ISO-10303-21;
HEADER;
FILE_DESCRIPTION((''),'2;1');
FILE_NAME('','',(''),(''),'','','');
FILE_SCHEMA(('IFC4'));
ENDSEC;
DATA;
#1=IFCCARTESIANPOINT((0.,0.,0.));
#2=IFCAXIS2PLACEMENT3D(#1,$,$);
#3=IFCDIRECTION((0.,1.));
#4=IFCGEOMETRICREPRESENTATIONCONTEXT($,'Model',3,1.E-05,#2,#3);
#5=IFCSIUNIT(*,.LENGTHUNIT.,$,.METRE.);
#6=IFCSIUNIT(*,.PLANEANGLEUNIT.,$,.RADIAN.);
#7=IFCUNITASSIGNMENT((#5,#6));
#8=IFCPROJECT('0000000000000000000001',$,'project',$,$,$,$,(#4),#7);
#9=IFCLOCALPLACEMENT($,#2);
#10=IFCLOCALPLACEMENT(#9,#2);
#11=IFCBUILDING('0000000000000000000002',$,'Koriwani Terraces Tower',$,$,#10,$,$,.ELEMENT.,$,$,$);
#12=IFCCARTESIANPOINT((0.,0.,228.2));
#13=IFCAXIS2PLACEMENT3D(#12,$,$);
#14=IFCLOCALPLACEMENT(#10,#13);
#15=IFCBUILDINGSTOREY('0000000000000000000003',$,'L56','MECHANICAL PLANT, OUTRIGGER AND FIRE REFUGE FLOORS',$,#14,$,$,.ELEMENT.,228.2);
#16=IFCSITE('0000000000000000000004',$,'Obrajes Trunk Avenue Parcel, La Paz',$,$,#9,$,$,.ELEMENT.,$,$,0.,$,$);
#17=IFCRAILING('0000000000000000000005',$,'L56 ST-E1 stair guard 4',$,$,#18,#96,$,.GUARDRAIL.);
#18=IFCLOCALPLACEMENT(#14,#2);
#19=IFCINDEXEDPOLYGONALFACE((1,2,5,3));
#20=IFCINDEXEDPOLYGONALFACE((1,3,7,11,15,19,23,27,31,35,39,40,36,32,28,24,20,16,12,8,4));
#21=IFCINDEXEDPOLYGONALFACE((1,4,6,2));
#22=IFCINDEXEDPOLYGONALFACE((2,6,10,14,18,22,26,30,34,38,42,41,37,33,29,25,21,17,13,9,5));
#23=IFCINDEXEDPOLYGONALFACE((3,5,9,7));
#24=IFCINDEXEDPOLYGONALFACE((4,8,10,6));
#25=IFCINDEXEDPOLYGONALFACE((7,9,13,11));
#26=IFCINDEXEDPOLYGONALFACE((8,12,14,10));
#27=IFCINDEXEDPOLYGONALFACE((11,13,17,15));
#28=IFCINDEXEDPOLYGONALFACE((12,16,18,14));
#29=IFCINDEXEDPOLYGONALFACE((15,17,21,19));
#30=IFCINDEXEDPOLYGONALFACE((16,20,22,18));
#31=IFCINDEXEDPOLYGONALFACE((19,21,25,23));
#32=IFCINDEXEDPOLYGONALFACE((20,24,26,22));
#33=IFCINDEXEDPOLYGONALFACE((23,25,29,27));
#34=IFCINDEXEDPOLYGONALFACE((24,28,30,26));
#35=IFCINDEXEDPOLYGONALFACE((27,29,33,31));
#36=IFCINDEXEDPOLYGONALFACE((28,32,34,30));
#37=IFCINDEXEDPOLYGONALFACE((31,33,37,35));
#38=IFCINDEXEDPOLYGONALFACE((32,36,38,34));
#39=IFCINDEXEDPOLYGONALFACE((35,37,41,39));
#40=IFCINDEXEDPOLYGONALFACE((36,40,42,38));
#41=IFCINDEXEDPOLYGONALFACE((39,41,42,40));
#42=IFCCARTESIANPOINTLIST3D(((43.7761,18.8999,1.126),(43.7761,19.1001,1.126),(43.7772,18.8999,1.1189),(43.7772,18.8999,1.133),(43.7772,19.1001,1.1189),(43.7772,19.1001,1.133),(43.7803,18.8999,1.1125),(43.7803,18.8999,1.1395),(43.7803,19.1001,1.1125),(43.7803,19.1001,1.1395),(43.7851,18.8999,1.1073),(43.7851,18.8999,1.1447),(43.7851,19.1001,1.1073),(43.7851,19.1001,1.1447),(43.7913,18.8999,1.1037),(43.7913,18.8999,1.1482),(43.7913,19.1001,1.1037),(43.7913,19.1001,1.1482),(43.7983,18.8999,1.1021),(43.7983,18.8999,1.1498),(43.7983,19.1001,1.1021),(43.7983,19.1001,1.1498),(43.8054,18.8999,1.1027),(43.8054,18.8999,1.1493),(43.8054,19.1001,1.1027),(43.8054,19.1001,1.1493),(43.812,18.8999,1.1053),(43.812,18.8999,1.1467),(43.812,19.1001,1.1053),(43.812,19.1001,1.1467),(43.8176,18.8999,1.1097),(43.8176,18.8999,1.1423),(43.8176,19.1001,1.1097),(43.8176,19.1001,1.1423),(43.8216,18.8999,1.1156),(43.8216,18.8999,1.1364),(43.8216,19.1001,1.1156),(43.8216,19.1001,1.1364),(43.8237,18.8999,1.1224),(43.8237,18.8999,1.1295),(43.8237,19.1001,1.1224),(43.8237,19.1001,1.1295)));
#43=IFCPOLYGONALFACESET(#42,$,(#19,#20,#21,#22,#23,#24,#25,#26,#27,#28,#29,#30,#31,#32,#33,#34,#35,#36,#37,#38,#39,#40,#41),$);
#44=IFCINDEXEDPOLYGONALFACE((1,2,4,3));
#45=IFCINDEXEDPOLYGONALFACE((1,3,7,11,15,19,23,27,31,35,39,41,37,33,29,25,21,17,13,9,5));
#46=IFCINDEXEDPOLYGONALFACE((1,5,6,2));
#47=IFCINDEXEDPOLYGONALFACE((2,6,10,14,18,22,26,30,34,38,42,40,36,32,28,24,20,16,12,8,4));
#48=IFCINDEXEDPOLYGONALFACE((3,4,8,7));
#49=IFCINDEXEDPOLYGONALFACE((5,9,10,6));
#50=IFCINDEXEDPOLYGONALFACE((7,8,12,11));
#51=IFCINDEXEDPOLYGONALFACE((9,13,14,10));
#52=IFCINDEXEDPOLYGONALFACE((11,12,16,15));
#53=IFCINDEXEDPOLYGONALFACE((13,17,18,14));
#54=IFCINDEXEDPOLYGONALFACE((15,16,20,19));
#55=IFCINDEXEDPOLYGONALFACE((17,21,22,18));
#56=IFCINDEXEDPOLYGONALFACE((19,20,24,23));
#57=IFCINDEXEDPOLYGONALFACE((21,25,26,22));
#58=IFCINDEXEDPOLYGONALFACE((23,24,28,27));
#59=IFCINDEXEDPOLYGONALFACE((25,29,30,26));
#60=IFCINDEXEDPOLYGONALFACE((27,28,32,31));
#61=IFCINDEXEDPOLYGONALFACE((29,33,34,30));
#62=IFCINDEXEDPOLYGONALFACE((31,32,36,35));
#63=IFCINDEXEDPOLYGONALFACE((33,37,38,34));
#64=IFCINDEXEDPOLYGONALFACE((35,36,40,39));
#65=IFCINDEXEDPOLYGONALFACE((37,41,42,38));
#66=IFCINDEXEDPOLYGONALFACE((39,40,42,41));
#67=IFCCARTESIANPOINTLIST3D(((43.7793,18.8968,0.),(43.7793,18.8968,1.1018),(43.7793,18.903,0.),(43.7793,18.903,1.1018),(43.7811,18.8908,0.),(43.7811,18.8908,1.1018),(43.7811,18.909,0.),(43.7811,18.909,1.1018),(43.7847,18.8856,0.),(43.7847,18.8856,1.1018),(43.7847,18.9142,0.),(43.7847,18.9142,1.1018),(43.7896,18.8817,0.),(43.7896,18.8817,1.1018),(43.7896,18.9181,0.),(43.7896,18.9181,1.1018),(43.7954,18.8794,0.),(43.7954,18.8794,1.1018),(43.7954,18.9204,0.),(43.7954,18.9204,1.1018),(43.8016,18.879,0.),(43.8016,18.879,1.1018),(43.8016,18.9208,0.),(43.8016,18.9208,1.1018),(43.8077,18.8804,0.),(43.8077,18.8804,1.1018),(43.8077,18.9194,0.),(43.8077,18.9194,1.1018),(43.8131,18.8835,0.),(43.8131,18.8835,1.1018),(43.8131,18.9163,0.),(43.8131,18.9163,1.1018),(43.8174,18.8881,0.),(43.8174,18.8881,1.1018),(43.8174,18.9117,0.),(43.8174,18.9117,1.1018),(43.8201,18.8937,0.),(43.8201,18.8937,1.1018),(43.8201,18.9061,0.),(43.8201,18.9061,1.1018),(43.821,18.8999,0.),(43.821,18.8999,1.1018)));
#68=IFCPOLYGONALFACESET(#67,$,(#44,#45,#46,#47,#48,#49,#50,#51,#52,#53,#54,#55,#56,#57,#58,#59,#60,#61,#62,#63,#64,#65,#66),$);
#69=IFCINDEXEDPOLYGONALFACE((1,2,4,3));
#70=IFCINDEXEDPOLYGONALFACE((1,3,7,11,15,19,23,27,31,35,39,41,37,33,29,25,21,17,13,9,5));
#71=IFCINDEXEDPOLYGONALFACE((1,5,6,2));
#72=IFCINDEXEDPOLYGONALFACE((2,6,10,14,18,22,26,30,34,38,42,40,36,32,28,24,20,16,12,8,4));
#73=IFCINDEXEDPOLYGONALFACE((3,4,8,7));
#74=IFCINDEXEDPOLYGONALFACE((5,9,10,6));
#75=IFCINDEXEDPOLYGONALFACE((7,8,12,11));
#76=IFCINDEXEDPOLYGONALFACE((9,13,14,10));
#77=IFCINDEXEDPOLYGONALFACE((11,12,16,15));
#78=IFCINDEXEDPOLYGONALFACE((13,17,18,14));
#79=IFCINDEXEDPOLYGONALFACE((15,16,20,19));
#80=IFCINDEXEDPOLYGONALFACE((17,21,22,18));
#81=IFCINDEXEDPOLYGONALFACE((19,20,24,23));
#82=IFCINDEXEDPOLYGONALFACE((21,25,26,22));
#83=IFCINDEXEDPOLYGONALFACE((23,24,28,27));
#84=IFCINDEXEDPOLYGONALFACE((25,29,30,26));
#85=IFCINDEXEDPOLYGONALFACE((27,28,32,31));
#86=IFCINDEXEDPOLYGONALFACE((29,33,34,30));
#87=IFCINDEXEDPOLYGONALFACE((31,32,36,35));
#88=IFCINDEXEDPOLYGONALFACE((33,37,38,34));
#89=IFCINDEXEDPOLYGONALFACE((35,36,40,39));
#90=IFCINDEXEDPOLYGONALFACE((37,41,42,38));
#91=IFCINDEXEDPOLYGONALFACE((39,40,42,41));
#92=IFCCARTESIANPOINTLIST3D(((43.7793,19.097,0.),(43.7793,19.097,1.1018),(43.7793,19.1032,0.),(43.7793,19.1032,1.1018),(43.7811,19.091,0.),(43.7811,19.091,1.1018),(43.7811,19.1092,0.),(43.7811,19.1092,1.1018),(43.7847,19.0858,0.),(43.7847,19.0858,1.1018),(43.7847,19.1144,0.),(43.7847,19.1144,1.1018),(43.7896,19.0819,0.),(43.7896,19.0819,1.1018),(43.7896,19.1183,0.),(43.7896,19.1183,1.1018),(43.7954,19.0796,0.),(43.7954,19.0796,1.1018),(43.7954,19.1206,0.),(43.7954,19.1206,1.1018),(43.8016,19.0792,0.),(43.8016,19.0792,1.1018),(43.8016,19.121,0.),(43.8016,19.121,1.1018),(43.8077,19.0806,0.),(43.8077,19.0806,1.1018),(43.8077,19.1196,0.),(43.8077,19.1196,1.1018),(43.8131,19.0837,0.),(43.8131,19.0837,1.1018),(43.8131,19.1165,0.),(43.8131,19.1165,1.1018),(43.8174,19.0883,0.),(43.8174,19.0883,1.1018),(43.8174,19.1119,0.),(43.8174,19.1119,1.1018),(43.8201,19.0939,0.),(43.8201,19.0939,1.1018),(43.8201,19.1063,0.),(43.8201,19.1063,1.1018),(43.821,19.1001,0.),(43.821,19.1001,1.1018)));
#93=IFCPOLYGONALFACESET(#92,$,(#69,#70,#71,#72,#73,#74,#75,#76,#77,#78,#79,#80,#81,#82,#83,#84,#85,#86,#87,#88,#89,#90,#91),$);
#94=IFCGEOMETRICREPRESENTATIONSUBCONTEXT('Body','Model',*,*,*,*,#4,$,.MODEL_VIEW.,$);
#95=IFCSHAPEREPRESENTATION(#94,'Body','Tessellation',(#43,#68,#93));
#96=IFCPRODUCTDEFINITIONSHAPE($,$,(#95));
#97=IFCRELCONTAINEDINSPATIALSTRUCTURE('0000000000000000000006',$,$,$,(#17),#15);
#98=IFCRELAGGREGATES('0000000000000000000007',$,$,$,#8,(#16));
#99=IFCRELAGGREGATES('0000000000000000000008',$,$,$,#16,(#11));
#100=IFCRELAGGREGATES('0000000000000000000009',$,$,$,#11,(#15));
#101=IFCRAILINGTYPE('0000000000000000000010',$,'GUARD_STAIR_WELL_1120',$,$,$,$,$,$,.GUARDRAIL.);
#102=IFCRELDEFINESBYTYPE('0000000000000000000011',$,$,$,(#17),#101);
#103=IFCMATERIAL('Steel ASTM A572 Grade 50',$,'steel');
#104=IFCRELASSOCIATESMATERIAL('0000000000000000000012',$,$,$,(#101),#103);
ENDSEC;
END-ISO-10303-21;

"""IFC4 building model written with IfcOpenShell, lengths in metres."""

from ifc_helpers import new_model, si_unit, direction, frame, origin, origin_2d, place, context, subcontext, project, spatial, circle, extrude, material, type_object, element, save


model = new_model("IFC4")

# Units and contexts
model_context = context("Model", 3, precision=1e-05, world=origin(), true_north=direction((0.0, 1.0)))
body_context = subcontext(model_context, "Body", "Model", "MODEL_VIEW")
ifc_project = project(units=[si_unit("LENGTHUNIT", "METRE"), si_unit("PLANEANGLEUNIT", "RADIAN")], contexts=[model_context])

# Site, building, storey
site_placement = place(None, origin())
site = spatial("IfcSite", under=ifc_project, at=site_placement, Name="Obrajes Trunk Avenue Parcel, La Paz", CompositionType="ELEMENT", RefElevation=0.0)
building_placement = place(site_placement, origin())
building = spatial("IfcBuilding", under=site, at=building_placement, Name="Koriwani Terraces Tower", CompositionType="ELEMENT")
storey_placement = place(building_placement, frame((0.0, 0.0, 228.2)))
storey = spatial("IfcBuildingStorey", under=building, at=storey_placement, Name="L56", Description="MECHANICAL PLANT, OUTRIGGER AND FIRE REFUGE FLOORS", CompositionType="ELEMENT", Elevation=228.2)

# Shared definitions
ifc_material_1 = material(Name="Steel ASTM A572 Grade 50", Category="steel")

# Railing
railing_type_1 = type_object("IfcRailingType", Name="GUARD_STAIR_WELL_1120", PredefinedType="GUARDRAIL", material=ifc_material_1)
railing_1_placement = place(storey_placement, frame((43.8, 18.8999, 0.0)))
element("IfcRailing", 1, at=railing_1_placement, inside=storey, type_object=railing_type_1, Name="L56 ST-E1 stair guard 4", PredefinedType="GUARDRAIL", context=body_context, shape_type="SweptSolid", body=[
    extrude(circle(Radius=0.0239, at=origin_2d()), frame((0.0, 0.0, 1.126), z_axis=(0.0, 1.0, 0.0), x_axis=(-1.0, 0.0, 0.0)), (0.0, 0.0, 1.0), 0.2002),
    extrude(circle(Radius=0.021, at=origin_2d()), origin(), (0.0, 0.0, 1.0), 1.1018),
    extrude(circle(Radius=0.021, at=origin_2d()), frame((0.0, 0.2002, 0.0)), (0.0, 0.0, 1.0), 1.1018),
])

save(model, "model.ifc")
